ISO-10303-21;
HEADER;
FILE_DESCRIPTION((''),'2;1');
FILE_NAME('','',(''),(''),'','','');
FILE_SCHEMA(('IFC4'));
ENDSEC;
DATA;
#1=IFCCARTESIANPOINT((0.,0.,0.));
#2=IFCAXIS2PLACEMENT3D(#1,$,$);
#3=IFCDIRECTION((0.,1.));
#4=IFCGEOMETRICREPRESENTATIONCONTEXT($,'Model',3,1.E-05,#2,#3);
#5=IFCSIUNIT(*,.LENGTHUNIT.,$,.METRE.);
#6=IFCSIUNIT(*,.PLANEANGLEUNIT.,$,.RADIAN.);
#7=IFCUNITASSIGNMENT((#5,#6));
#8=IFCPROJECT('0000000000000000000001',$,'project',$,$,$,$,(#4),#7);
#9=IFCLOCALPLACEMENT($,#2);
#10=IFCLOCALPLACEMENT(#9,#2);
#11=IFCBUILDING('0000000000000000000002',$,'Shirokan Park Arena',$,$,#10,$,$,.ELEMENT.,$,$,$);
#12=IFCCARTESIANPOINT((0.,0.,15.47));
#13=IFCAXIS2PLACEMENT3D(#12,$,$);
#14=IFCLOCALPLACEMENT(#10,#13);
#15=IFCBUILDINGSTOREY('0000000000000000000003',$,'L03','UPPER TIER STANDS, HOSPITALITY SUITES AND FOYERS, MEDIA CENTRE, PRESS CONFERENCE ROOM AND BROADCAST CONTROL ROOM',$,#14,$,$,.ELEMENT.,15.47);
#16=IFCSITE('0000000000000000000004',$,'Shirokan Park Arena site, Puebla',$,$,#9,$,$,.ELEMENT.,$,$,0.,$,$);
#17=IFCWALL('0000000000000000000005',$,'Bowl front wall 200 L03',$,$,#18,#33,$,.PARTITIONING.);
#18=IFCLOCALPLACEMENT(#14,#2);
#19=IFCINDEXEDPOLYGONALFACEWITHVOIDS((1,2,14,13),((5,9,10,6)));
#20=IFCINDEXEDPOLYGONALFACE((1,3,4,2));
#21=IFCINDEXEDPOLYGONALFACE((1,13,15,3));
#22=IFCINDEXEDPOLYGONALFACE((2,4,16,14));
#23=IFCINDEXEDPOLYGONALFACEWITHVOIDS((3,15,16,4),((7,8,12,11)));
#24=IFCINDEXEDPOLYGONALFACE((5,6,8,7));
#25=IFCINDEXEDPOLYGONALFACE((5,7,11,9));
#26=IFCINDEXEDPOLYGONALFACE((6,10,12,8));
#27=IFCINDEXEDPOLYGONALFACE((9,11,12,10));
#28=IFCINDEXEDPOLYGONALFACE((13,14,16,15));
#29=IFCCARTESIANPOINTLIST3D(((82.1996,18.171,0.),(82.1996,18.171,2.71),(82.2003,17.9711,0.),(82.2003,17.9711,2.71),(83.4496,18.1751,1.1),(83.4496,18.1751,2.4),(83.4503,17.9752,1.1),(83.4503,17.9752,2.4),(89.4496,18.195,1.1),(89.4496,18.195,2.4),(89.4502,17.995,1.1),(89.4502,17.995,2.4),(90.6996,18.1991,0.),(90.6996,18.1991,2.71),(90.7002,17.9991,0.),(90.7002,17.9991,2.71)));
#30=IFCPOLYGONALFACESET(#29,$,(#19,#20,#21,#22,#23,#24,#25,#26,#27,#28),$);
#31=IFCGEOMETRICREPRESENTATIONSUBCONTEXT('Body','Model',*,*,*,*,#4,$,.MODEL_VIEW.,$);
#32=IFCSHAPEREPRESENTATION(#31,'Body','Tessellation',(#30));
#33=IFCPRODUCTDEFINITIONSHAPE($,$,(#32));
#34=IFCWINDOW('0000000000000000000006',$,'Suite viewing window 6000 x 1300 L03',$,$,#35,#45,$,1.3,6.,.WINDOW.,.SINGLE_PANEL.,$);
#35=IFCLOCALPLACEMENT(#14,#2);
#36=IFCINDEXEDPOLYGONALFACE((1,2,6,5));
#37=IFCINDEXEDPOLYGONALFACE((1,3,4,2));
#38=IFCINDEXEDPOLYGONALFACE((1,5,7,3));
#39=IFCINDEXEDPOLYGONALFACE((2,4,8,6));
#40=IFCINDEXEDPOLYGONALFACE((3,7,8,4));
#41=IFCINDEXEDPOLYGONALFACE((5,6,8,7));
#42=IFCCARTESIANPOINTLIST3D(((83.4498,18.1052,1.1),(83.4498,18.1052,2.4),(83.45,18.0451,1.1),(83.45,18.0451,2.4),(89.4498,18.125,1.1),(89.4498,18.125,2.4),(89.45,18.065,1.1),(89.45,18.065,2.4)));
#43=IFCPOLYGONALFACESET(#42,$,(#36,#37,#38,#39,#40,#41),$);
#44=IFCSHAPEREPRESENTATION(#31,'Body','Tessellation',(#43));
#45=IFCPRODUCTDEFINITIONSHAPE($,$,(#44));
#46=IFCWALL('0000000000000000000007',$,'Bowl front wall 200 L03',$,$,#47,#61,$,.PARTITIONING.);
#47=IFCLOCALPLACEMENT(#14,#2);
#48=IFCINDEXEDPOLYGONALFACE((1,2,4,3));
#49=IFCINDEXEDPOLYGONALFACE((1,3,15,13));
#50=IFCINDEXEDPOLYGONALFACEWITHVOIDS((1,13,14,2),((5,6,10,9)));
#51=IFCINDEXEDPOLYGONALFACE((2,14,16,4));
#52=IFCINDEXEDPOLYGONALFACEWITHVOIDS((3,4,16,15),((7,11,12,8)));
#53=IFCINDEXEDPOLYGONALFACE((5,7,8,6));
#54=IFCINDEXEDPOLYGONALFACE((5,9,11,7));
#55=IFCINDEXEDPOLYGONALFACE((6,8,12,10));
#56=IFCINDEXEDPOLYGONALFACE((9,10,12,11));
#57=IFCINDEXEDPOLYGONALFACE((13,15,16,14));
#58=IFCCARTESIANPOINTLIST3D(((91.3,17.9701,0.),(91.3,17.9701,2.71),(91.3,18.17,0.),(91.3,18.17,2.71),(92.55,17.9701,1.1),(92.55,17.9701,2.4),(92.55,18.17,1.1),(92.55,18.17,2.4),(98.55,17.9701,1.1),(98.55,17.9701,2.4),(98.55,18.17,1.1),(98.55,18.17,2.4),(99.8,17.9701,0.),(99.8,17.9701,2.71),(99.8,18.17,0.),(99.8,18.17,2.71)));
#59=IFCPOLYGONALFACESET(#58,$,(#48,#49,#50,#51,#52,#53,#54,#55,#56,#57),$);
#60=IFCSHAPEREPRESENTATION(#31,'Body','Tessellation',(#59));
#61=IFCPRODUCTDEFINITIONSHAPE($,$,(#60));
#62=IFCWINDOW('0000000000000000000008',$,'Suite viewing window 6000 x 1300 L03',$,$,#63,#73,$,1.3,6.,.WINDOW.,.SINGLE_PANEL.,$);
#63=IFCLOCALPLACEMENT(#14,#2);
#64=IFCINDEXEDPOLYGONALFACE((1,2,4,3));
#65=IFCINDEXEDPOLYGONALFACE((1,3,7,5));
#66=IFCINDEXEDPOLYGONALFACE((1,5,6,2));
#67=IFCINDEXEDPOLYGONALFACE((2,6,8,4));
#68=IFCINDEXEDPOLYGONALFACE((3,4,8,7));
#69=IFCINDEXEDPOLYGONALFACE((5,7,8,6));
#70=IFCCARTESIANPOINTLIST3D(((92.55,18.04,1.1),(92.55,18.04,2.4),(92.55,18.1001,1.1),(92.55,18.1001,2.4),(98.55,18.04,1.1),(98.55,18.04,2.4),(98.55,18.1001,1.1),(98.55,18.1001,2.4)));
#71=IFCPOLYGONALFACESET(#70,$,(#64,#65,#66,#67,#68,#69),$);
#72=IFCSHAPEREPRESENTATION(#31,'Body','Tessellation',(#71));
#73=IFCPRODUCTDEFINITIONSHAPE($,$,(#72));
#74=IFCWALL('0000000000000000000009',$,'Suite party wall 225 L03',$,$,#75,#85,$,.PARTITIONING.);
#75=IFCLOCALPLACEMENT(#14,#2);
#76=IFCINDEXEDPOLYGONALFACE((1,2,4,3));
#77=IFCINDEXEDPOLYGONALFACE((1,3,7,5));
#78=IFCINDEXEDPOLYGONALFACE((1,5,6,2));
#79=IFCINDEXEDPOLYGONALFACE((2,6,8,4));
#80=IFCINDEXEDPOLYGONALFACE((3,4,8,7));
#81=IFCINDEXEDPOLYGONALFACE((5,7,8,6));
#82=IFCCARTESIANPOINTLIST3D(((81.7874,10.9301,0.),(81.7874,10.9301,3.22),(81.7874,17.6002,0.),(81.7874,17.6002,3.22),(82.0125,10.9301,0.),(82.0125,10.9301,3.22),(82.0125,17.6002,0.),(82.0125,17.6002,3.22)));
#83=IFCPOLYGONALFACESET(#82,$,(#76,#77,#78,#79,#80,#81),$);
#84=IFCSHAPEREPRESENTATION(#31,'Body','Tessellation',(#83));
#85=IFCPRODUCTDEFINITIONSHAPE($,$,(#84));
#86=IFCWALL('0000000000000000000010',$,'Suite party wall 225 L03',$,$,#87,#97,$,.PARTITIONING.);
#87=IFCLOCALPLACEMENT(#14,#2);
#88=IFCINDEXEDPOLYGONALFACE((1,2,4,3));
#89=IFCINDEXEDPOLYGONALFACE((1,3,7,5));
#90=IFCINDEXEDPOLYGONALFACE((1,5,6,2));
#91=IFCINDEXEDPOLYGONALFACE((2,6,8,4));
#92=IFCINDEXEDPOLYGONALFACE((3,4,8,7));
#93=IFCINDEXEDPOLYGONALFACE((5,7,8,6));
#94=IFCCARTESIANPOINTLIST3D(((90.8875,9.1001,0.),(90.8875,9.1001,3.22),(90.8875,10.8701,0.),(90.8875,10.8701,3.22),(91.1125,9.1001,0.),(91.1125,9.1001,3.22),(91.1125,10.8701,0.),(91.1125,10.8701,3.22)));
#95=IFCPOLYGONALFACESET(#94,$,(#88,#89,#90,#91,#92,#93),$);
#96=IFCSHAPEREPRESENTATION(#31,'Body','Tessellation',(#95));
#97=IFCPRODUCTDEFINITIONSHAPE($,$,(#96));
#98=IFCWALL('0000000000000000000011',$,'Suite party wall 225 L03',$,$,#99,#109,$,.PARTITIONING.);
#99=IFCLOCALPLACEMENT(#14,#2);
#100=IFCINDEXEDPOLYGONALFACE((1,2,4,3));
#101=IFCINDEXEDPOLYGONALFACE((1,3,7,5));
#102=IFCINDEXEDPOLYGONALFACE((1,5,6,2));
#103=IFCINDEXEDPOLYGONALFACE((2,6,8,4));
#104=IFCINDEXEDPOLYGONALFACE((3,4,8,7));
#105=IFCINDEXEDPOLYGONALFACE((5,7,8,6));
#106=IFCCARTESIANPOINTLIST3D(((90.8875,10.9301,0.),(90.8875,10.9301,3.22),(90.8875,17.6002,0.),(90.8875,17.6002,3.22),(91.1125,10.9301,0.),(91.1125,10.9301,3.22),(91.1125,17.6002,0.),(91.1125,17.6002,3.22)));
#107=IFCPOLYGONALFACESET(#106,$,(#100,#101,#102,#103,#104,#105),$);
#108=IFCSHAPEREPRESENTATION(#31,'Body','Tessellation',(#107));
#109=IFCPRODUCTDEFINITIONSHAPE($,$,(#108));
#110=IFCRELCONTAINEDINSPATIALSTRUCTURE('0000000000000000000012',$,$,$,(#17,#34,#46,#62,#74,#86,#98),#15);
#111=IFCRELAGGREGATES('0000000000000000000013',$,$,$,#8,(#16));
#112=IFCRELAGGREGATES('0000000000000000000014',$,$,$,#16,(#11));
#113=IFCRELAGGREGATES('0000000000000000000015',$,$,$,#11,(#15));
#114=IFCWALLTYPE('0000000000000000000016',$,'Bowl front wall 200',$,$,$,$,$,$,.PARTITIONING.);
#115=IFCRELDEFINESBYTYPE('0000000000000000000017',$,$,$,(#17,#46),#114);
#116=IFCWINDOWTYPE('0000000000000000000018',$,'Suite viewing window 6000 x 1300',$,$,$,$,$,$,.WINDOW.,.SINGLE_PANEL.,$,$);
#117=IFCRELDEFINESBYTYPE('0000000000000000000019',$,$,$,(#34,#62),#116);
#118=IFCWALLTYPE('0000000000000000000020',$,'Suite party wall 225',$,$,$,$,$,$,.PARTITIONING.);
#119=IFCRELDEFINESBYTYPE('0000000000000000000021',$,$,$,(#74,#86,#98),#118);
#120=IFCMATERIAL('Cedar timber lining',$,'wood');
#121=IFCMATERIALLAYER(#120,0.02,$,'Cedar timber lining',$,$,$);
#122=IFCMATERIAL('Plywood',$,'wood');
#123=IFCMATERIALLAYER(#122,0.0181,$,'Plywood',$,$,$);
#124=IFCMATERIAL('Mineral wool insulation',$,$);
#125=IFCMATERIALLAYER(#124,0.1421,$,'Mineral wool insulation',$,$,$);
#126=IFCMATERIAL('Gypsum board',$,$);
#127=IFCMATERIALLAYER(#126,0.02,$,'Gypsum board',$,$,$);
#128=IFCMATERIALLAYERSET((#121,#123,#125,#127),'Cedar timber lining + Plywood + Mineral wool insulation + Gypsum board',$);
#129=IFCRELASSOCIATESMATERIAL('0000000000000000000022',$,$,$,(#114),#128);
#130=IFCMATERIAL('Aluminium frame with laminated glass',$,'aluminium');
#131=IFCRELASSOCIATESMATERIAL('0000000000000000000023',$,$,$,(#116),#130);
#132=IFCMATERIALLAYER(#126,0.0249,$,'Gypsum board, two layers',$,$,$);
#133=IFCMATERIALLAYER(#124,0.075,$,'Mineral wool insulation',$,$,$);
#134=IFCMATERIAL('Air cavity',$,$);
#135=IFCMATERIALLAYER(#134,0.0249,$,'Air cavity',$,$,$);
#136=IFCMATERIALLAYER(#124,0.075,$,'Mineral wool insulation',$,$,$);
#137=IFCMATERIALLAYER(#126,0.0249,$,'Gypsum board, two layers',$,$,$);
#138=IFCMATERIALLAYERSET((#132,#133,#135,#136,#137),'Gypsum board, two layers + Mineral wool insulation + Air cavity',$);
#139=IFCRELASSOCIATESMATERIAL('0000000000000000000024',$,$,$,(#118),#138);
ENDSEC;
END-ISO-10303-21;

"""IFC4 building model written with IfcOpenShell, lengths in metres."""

from ifc_helpers import new_model, si_unit, direction, frame, frame_2d, origin, place, context, subcontext, project, spatial, rectangle, extrude, material, layer, layer_set, type_object, element, fill, save


model = new_model("IFC4")

# Units and contexts
model_context = context("Model", 3, precision=1e-05, world=origin(), true_north=direction((0.0, 1.0)))
body_context = subcontext(model_context, "Body", "Model", "MODEL_VIEW")
ifc_project = project(units=[si_unit("LENGTHUNIT", "METRE"), si_unit("PLANEANGLEUNIT", "RADIAN")], contexts=[model_context])

# Site, building, storey
site_placement = place(None, origin())
site = spatial("IfcSite", under=ifc_project, at=site_placement, Name="Shirokan Park Arena site, Puebla", CompositionType="ELEMENT", RefElevation=0.0)
building_placement = place(site_placement, origin())
building = spatial("IfcBuilding", under=site, at=building_placement, Name="Shirokan Park Arena", CompositionType="ELEMENT")
storey_placement = place(building_placement, frame((0.0, 0.0, 15.47)))
storey = spatial("IfcBuildingStorey", under=building, at=storey_placement, Name="L03", Description="UPPER TIER STANDS, HOSPITALITY SUITES AND FOYERS, MEDIA CENTRE, PRESS CONFERENCE ROOM AND BROADCAST CONTROL ROOM", CompositionType="ELEMENT", Elevation=15.47)

# Walls, openings, windows
ifc_material_1 = material(Name="Cedar timber lining", Category="wood")
ifc_layer_1 = layer(ifc_material_1, 0.02, Name="Cedar timber lining")
ifc_material_2 = material(Name="Plywood", Category="wood")
ifc_layer_2 = layer(ifc_material_2, 0.0181, Name="Plywood")
ifc_material_3 = material(Name="Mineral wool insulation")
ifc_layer_3 = layer(ifc_material_3, 0.1421, Name="Mineral wool insulation")
ifc_material_4 = material(Name="Gypsum board")
ifc_layer_4 = layer(ifc_material_4, 0.02, Name="Gypsum board")
ifc_layer_set_1 = layer_set([ifc_layer_1, ifc_layer_2, ifc_layer_3, ifc_layer_4], Name="Cedar timber lining + Plywood + Mineral wool insulation + Gypsum board")
wall_type_1 = type_object("IfcWallType", Name="Bowl front wall 200", PredefinedType="PARTITIONING", material=ifc_layer_set_1)
wall_1_placement = place(storey_placement, frame((82.2, 18.071, 0.0), z_axis=(0.0, 0.0, 1.0), x_axis=(0.999995, 0.003303, 0.0)))
wall_1 = element("IfcWall", 1, at=wall_1_placement, inside=storey, type_object=wall_type_1, Name="Bowl front wall 200 L03", PredefinedType="PARTITIONING", context=body_context, shape_type="SweptSolid", body=[
    extrude(rectangle(XDim=8.5, YDim=0.2, at=frame_2d((4.25, 0.0))), origin(), (0.0, 0.0, 1.0), 2.71),
])
opening_1_placement = place(wall_1_placement, frame((1.25, 0.0, 1.1001)))
opening_1 = element("IfcOpeningElement", 2, at=opening_1_placement, cuts=wall_1, PredefinedType="OPENING", context=body_context, shape_type="SweptSolid", body=[
    extrude(rectangle(XDim=6.0, YDim=1.3, at=frame_2d((3.0, 0.6499))), frame((0.0, 0.1099, 0.0), z_axis=(0.0, -1.0, 0.0), x_axis=(1.0, 0.0, 0.0)), (0.0, 0.0, 1.0), 0.22),
])
ifc_material_5 = material(Name="Aluminium frame with laminated glass", Category="aluminium")
window_type = type_object("IfcWindowType", Name="Suite viewing window 6000 x 1300", PartitioningType="SINGLE_PANEL", PredefinedType="WINDOW", material=ifc_material_5)
window_1_placement = place(opening_1_placement, origin())
window_1 = element("IfcWindow", 3, at=window_1_placement, inside=storey, type_object=window_type, Name="Suite viewing window 6000 x 1300 L03", OverallHeight=1.3, OverallWidth=6.0, PartitioningType="SINGLE_PANEL", PredefinedType="WINDOW", context=body_context, shape_type="SweptSolid", body=[
    extrude(rectangle(XDim=6.0, YDim=1.3, at=frame_2d((3.0, 0.6499))), frame((0.0, 0.03, 0.0), z_axis=(0.0, -1.0, 0.0), x_axis=(1.0, 0.0, 0.0)), (0.0, 0.0, 1.0), 0.0601),
])
fill(opening_1, window_1)
wall_2_placement = place(storey_placement, frame((91.3, 18.0701, 0.0), z_axis=(0.0, 0.0, 1.0), x_axis=(1.0, 0.0, 0.0)))
wall_2 = element("IfcWall", 4, at=wall_2_placement, inside=storey, type_object=wall_type_1, Name="Bowl front wall 200 L03", PredefinedType="PARTITIONING", context=body_context, shape_type="SweptSolid", body=[
    extrude(rectangle(XDim=8.5, YDim=0.2, at=frame_2d((4.25, 0.0))), origin(), (0.0, 0.0, 1.0), 2.71),
])
opening_2_placement = place(wall_2_placement, frame((1.25, 0.0, 1.1001)))
opening_2 = element("IfcOpeningElement", 5, at=opening_2_placement, cuts=wall_2, PredefinedType="OPENING", context=body_context, shape_type="SweptSolid", body=[
    extrude(rectangle(XDim=6.0, YDim=1.3, at=frame_2d((3.0, 0.6499))), frame((0.0, 0.1099, 0.0), z_axis=(0.0, -1.0, 0.0), x_axis=(1.0, 0.0, 0.0)), (0.0, 0.0, 1.0), 0.22),
])
window_2_placement = place(opening_2_placement, origin())
window_2 = element("IfcWindow", 6, at=window_2_placement, inside=storey, type_object=window_type, Name="Suite viewing window 6000 x 1300 L03", OverallHeight=1.3, OverallWidth=6.0, PartitioningType="SINGLE_PANEL", PredefinedType="WINDOW", context=body_context, shape_type="SweptSolid", body=[
    extrude(rectangle(XDim=6.0, YDim=1.3, at=frame_2d((3.0, 0.6499))), frame((0.0, 0.03, 0.0), z_axis=(0.0, -1.0, 0.0), x_axis=(1.0, 0.0, 0.0)), (0.0, 0.0, 1.0), 0.0601),
])
fill(opening_2, window_2)

# Walls
ifc_layer_5 = layer(ifc_material_4, 0.0249, Name="Gypsum board, two layers")
ifc_layer_6 = layer(ifc_material_3, 0.075, Name="Mineral wool insulation")
ifc_material_6 = material(Name="Air cavity")
ifc_layer_7 = layer(ifc_material_6, 0.0249, Name="Air cavity")
ifc_layer_8 = layer(ifc_material_3, 0.075, Name="Mineral wool insulation")
ifc_layer_9 = layer(ifc_material_4, 0.0249, Name="Gypsum board, two layers")
ifc_layer_set_2 = layer_set([ifc_layer_5, ifc_layer_6, ifc_layer_7, ifc_layer_8, ifc_layer_9], Name="Gypsum board, two layers + Mineral wool insulation + Air cavity")
wall_type_2 = type_object("IfcWallType", Name="Suite party wall 225", PredefinedType="PARTITIONING", material=ifc_layer_set_2)
wall_3_placement = place(storey_placement, frame((81.8999, 17.6001, 0.0), z_axis=(0.0, 0.0, 1.0), x_axis=(0.0, -1.0, 0.0)))
element("IfcWall", 7, at=wall_3_placement, inside=storey, type_object=wall_type_2, Name="Suite party wall 225 L03", PredefinedType="PARTITIONING", context=body_context, shape_type="SweptSolid", body=[
    extrude(rectangle(XDim=6.6702, YDim=0.2251, at=frame_2d((3.335, 0.0))), origin(), (0.0, 0.0, 1.0), 3.22),
])
wall_4_placement = place(storey_placement, frame((91.0, 10.8701, 0.0), z_axis=(0.0, 0.0, 1.0), x_axis=(0.0, -1.0, 0.0)))
element("IfcWall", 8, at=wall_4_placement, inside=storey, type_object=wall_type_2, Name="Suite party wall 225 L03", PredefinedType="PARTITIONING", context=body_context, shape_type="SweptSolid", body=[
    extrude(rectangle(XDim=1.77, YDim=0.2251, at=frame_2d((0.885, 0.0))), origin(), (0.0, 0.0, 1.0), 3.22),
])
wall_5_placement = place(storey_placement, frame((91.0, 17.6001, 0.0), z_axis=(0.0, 0.0, 1.0), x_axis=(0.0, -1.0, 0.0)))
element("IfcWall", 9, at=wall_5_placement, inside=storey, type_object=wall_type_2, Name="Suite party wall 225 L03", PredefinedType="PARTITIONING", context=body_context, shape_type="SweptSolid", body=[
    extrude(rectangle(XDim=6.6702, YDim=0.2251, at=frame_2d((3.335, 0.0))), origin(), (0.0, 0.0, 1.0), 3.22),
])

save(model, "model.ifc")
